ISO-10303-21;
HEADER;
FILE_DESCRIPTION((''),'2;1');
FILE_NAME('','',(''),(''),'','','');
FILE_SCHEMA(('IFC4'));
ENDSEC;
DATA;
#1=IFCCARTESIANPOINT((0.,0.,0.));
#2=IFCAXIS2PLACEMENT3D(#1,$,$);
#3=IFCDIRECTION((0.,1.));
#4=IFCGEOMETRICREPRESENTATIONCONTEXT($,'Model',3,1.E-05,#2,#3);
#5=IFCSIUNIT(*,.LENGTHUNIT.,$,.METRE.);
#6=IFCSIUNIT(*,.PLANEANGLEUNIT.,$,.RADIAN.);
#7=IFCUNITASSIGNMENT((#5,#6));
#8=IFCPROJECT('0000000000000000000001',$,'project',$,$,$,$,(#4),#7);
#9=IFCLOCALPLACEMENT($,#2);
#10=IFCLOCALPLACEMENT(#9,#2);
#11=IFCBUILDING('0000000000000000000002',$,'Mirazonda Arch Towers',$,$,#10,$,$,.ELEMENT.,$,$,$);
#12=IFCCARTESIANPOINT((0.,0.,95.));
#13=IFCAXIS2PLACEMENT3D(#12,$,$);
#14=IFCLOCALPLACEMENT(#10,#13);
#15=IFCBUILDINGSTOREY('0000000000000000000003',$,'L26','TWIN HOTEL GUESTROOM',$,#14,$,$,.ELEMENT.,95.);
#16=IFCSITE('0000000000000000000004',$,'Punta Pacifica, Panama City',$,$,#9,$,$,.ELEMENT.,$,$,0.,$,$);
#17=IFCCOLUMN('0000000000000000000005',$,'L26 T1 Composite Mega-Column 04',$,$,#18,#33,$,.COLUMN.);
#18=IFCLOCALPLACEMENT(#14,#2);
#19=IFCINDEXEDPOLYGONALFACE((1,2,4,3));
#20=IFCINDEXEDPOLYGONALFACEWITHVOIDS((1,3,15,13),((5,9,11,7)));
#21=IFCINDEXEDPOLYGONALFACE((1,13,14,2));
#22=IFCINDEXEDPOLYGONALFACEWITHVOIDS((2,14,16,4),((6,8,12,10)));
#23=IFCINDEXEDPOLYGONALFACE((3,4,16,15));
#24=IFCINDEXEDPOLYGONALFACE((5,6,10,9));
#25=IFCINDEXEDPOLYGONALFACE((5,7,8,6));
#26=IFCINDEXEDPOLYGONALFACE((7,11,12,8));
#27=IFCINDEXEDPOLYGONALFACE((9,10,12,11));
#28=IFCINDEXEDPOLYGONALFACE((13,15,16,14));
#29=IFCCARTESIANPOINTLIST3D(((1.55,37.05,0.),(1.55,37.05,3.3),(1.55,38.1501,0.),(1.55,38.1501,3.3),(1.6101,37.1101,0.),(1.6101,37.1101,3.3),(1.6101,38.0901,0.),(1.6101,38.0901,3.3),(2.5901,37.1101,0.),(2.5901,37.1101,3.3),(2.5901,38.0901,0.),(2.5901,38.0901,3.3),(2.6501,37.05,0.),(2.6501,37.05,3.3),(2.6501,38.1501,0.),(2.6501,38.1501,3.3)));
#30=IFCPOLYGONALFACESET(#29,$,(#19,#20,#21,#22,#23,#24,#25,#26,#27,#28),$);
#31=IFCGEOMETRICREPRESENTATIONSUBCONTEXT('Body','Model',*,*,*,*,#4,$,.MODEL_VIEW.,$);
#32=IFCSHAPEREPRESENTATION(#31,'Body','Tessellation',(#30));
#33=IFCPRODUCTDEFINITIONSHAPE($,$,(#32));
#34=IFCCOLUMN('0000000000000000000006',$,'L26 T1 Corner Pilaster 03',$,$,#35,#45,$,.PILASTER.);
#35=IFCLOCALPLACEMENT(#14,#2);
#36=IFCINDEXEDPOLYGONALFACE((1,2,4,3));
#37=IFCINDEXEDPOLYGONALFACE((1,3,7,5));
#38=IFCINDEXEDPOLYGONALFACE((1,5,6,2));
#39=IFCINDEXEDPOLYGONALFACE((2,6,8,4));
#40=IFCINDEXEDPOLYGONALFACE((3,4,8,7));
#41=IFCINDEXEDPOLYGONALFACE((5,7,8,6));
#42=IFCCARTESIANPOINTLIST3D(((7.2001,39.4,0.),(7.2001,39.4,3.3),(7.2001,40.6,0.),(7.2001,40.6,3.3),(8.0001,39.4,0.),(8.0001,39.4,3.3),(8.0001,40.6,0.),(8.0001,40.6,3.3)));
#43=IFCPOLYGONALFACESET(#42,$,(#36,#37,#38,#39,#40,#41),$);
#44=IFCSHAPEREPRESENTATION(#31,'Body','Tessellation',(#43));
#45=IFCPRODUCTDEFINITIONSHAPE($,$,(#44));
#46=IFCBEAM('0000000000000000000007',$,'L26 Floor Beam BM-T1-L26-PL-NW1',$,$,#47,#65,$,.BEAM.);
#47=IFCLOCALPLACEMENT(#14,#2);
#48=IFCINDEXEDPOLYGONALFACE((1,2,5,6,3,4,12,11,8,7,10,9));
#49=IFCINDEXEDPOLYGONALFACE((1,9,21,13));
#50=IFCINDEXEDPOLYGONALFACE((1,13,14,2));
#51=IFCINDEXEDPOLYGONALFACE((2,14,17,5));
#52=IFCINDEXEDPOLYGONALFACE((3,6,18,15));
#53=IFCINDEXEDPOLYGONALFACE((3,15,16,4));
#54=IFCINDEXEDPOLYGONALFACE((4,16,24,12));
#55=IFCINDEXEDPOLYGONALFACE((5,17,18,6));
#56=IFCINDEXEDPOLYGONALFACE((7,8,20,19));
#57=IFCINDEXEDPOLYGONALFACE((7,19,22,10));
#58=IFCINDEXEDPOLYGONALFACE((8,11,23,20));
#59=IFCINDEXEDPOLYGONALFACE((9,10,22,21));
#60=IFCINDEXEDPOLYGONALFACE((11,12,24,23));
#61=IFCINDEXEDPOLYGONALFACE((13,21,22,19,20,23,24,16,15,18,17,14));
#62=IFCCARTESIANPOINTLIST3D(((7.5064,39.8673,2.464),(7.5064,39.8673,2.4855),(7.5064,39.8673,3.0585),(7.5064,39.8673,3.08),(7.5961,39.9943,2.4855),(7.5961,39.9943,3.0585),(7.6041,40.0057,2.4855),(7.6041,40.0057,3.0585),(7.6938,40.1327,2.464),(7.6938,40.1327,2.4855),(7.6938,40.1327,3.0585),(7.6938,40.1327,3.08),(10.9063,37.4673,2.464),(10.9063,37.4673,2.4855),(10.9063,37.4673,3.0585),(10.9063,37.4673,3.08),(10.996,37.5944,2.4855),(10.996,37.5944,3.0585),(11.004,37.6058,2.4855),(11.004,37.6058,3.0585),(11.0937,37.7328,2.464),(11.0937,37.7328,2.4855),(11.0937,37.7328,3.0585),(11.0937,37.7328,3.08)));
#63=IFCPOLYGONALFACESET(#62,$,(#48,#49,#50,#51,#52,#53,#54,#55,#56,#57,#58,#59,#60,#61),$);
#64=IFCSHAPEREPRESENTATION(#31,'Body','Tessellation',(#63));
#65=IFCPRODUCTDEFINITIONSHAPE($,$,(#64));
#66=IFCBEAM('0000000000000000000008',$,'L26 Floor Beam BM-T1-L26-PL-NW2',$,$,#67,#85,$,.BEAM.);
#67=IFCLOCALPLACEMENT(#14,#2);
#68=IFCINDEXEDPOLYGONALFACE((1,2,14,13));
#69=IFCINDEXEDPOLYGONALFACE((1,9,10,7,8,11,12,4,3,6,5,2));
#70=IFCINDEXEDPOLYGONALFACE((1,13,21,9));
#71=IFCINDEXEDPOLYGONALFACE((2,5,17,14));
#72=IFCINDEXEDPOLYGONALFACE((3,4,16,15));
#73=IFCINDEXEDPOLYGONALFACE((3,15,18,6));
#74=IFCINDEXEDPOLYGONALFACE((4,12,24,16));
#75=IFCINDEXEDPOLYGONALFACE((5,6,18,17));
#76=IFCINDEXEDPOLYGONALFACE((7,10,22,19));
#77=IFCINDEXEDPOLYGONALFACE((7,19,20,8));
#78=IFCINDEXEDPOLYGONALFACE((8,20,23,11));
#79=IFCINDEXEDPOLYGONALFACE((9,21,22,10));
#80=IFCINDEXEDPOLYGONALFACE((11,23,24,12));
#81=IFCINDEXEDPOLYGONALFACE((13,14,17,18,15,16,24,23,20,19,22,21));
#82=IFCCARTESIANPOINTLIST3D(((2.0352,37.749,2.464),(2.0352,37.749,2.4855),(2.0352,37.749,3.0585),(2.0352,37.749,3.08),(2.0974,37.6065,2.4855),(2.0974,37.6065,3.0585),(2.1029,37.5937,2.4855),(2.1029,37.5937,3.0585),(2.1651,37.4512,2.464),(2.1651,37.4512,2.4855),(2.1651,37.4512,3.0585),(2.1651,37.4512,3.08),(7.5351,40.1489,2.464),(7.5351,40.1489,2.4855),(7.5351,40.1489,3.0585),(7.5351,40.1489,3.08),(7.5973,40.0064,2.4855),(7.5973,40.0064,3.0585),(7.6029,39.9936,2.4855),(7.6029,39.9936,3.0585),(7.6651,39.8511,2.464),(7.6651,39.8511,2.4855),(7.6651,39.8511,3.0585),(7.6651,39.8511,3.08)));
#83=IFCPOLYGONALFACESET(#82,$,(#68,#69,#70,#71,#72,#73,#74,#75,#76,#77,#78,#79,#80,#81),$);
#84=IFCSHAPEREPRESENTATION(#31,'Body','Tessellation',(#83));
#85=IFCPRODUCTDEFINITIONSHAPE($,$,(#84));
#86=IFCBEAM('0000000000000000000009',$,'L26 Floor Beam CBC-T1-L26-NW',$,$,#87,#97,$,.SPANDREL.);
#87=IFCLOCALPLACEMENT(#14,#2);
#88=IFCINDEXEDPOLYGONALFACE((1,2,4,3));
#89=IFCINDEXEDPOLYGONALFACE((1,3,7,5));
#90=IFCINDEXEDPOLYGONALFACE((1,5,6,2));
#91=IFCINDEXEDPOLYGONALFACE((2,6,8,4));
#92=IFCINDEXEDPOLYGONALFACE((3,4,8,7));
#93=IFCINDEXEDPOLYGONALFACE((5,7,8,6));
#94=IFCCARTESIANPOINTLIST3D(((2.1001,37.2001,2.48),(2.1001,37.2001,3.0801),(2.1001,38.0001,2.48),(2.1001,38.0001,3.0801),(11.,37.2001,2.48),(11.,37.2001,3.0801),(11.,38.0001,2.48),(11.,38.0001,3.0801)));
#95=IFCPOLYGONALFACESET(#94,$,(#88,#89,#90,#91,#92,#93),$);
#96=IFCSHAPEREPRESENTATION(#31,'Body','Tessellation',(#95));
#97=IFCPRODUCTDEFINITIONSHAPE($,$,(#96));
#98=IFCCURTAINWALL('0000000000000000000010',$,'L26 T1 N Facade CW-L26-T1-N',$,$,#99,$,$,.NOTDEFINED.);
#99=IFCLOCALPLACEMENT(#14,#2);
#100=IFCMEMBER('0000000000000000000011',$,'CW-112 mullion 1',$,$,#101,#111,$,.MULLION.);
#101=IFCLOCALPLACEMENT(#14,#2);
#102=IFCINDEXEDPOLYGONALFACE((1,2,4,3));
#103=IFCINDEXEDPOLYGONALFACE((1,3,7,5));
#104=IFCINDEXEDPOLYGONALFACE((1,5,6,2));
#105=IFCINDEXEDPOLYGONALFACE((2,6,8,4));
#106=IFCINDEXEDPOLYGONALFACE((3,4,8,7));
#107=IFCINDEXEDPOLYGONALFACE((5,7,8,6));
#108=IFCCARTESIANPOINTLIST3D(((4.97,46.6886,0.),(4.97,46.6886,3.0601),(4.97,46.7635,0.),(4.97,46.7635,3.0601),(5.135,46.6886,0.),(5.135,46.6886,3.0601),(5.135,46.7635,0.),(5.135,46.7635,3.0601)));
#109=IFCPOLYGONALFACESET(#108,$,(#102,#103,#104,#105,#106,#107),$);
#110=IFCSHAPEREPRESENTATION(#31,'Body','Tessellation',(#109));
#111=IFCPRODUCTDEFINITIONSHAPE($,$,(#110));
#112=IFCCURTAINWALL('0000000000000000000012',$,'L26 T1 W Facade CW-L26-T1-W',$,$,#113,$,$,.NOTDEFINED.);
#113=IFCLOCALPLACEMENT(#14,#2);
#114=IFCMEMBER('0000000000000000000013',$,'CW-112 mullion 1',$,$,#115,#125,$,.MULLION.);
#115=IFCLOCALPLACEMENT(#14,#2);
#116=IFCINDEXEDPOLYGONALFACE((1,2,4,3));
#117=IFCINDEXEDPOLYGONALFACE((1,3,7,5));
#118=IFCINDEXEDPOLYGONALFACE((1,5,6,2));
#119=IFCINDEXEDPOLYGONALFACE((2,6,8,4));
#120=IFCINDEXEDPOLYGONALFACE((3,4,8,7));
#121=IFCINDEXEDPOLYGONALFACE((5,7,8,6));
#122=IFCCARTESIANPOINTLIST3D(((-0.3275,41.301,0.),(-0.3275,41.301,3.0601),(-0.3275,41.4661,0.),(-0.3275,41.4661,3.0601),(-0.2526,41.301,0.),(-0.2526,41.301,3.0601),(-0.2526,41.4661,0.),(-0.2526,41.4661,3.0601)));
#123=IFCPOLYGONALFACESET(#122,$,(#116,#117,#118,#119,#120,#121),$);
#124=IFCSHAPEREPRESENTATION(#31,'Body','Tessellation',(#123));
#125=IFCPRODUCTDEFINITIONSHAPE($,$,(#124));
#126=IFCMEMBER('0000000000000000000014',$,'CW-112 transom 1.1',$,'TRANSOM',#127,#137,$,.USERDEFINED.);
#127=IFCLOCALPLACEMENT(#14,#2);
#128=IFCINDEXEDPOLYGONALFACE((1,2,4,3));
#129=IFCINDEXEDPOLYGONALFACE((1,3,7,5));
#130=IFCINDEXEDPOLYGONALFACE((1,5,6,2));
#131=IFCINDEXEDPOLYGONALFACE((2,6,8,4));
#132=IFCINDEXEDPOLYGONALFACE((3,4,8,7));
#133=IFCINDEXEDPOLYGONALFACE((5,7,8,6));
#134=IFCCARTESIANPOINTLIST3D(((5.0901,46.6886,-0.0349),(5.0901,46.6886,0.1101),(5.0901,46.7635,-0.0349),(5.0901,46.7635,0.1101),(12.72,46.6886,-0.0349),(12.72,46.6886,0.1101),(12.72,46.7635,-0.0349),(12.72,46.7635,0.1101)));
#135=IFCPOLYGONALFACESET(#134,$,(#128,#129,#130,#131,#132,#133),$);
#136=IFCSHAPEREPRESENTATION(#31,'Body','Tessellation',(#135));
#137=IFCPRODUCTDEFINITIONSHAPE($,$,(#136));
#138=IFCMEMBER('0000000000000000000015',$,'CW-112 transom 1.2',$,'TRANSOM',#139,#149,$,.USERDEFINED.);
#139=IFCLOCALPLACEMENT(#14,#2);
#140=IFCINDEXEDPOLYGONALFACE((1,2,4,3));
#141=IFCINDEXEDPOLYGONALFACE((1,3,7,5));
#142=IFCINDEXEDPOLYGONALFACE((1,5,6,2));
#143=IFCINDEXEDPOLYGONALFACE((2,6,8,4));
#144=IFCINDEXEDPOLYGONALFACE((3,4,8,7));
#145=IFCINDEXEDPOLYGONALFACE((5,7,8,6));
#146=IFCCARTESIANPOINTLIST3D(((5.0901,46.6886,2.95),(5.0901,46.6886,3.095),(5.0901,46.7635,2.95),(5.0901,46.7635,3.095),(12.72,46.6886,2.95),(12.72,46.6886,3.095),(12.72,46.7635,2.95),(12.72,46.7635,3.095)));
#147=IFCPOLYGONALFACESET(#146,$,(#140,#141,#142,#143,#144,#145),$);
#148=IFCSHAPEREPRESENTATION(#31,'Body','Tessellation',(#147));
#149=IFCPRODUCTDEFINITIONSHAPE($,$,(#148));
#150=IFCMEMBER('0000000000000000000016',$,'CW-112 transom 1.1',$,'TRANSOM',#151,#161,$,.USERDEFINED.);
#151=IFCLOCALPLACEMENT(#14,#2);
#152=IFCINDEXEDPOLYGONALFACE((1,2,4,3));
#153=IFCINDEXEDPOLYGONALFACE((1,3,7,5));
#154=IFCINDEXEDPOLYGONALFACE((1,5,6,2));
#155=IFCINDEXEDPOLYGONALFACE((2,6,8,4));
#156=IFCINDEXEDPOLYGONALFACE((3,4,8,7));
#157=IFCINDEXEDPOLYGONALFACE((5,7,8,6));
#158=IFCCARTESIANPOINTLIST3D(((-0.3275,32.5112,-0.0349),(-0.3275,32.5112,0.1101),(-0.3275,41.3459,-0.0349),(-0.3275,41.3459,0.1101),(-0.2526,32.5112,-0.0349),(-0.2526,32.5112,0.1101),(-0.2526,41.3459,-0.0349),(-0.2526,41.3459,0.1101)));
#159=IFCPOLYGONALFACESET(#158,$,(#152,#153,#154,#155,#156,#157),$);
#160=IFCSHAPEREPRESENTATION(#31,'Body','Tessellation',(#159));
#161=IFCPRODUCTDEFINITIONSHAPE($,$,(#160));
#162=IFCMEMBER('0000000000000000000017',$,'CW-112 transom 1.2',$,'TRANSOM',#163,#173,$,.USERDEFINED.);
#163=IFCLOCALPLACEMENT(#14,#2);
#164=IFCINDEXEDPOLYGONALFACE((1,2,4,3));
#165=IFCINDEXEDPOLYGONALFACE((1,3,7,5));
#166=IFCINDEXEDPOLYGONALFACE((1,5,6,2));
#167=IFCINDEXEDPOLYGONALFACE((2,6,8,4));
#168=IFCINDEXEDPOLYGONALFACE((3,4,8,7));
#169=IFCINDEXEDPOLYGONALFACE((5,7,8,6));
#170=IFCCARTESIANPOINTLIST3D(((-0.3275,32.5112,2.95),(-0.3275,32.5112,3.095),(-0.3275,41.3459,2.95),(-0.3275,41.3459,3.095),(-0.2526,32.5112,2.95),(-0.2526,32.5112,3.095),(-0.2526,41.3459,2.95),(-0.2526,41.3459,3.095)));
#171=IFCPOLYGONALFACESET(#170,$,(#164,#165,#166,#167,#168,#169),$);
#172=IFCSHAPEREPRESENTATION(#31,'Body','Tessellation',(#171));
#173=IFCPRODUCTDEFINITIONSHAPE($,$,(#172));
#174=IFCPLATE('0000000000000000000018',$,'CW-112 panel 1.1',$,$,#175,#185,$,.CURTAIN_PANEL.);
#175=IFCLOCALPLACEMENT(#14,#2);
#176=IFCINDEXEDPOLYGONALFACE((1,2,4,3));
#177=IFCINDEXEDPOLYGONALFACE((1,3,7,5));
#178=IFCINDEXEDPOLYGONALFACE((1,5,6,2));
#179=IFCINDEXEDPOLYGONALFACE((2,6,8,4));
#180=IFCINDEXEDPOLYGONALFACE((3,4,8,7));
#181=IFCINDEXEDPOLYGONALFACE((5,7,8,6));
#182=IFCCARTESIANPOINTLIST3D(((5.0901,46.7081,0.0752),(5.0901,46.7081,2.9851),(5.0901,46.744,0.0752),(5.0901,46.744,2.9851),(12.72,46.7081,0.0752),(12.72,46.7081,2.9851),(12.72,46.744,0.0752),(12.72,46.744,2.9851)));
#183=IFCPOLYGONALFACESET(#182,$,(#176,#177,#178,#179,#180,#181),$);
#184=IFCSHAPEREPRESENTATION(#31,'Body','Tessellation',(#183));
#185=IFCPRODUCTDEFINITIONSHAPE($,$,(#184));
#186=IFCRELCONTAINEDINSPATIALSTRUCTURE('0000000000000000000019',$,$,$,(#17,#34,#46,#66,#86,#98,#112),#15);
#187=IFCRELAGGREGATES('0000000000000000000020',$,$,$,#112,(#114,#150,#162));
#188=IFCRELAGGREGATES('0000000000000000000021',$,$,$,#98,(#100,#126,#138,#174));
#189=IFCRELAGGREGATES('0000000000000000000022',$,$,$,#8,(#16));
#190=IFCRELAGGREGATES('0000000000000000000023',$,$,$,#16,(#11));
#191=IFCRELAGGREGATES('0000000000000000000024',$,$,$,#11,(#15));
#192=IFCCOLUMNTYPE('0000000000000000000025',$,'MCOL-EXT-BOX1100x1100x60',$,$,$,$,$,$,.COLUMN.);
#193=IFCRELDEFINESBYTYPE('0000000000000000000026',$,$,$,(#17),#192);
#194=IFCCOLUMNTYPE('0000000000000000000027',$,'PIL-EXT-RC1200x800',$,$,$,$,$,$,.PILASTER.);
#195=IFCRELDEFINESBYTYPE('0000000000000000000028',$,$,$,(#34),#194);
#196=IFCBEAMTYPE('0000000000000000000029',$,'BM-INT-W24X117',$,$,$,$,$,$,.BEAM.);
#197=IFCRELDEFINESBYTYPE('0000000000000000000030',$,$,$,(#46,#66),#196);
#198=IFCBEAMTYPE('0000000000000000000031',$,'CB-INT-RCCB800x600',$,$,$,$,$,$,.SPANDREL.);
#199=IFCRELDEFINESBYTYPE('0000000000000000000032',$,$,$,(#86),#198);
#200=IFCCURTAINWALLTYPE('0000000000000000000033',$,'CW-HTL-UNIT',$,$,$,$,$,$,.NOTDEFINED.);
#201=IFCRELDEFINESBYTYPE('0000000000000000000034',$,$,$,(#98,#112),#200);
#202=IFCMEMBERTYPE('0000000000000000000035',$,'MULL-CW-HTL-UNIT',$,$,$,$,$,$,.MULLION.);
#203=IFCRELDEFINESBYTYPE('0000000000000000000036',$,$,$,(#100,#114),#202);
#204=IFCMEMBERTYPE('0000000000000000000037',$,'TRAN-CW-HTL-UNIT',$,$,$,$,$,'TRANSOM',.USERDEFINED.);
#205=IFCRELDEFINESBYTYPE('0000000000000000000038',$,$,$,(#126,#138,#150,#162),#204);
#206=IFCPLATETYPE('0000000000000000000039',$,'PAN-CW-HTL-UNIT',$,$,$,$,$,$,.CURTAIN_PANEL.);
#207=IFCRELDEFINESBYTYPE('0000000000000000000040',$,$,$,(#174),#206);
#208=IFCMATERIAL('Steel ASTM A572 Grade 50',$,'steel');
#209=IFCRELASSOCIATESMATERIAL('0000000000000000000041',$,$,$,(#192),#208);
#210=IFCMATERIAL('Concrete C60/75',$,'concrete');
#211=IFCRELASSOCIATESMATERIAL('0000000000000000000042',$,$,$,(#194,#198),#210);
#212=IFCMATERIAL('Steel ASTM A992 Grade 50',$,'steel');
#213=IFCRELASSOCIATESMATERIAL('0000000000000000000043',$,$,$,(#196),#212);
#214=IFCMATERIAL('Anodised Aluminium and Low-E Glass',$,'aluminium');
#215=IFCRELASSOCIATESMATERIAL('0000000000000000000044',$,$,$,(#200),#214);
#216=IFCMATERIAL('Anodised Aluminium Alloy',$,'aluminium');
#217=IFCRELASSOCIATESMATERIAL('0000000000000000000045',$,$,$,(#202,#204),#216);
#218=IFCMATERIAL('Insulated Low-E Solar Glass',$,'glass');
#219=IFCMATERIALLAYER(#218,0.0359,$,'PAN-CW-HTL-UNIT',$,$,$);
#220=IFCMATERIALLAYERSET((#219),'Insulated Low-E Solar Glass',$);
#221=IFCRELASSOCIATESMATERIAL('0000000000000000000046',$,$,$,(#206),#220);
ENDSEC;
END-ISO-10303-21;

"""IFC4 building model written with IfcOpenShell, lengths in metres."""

from ifc_helpers import new_model, si_unit, direction, frame, origin, origin_2d, place, context, subcontext, project, spatial, rectangle, hollow_rectangle, i_section, extrude, material, layer, layer_set, material_profile, profile_set, type_object, element, aggregate, save


model = new_model("IFC4")

# Units and contexts
model_context = context("Model", 3, precision=1e-05, world=origin(), true_north=direction((0.0, 1.0)))
body_context = subcontext(model_context, "Body", "Model", "MODEL_VIEW")
ifc_project = project(units=[si_unit("LENGTHUNIT", "METRE"), si_unit("PLANEANGLEUNIT", "RADIAN")], contexts=[model_context])

# Site, building, storey
site_placement = place(None, origin())
site = spatial("IfcSite", under=ifc_project, at=site_placement, Name="Punta Pacifica, Panama City", CompositionType="ELEMENT", RefElevation=0.0)
building_placement = place(site_placement, origin())
building = spatial("IfcBuilding", under=site, at=building_placement, Name="Mirazonda Arch Towers", CompositionType="ELEMENT")
storey_placement = place(building_placement, frame((0.0, 0.0, 95.0)))
storey = spatial("IfcBuildingStorey", under=building, at=storey_placement, Name="L26", Description="TWIN HOTEL GUESTROOM", CompositionType="ELEMENT", Elevation=95.0)

# Columns
ifc_material_1 = material(Name="Steel ASTM A572 Grade 50", Category="steel")
ifc_material_profile_1 = material_profile(ifc_material_1, hollow_rectangle(XDim=1.1001, YDim=1.1001, WallThickness=0.0601, at=origin_2d()), Name="BOX1100x1100x60")
ifc_profile_set_1 = profile_set([ifc_material_profile_1], Name="Steel ASTM A572 Grade 50")
column_type_1 = type_object("IfcColumnType", Name="MCOL-EXT-BOX1100x1100x60", PredefinedType="COLUMN", material=ifc_profile_set_1)
column_1_placement = place(storey_placement, frame((2.1001, 37.6001, 0.0), z_axis=(0.0, 0.0, 1.0), x_axis=(1.0, 0.0, 0.0)))
element("IfcColumn", 1, at=column_1_placement, inside=storey, type_object=column_type_1, Name="L26 T1 Composite Mega-Column 04", PredefinedType="COLUMN", context=body_context, shape_type="SweptSolid", body=[
    extrude(hollow_rectangle(XDim=1.1001, YDim=1.1001, WallThickness=0.0601, at=origin_2d()), origin(), (0.0, 0.0, 1.0), 3.3),
])
ifc_material_2 = material(Name="Concrete C60/75", Category="concrete")
ifc_material_profile_2 = material_profile(ifc_material_2, rectangle(XDim=0.8, YDim=1.2, at=origin_2d()), Name="RC1200x800")
ifc_profile_set_2 = profile_set([ifc_material_profile_2], Name="Concrete C60/75")
column_type_2 = type_object("IfcColumnType", Name="PIL-EXT-RC1200x800", PredefinedType="PILASTER", material=ifc_profile_set_2)
column_2_placement = place(storey_placement, frame((7.6001, 40.0, 0.0), z_axis=(0.0, 0.0, 1.0), x_axis=(1.0, 0.0, 0.0)))
element("IfcColumn", 2, at=column_2_placement, inside=storey, type_object=column_type_2, Name="L26 T1 Corner Pilaster 03", PredefinedType="PILASTER", context=body_context, shape_type="SweptSolid", body=[
    extrude(rectangle(XDim=0.8, YDim=1.2, at=origin_2d()), origin(), (0.0, 0.0, 1.0), 3.3),
])

# Beams
ifc_material_3 = material(Name="Steel ASTM A992 Grade 50", Category="steel")
ifc_material_profile_3 = material_profile(ifc_material_3, i_section(OverallWidth=0.325, OverallDepth=0.616, WebThickness=0.0139, FlangeThickness=0.0215, at=origin_2d()), Name="W24X117")
ifc_profile_set_3 = profile_set([ifc_material_profile_3], Name="Steel ASTM A992 Grade 50")
beam_type_1 = type_object("IfcBeamType", Name="BM-INT-W24X117", PredefinedType="BEAM", material=ifc_profile_set_3)
beam_1_placement = place(storey_placement, frame((7.6001, 40.0, 2.772), z_axis=(0.816971, -0.576679, 0.0), x_axis=(0.576679, 0.816971, 0.0)))
element("IfcBeam", 3, at=beam_1_placement, inside=storey, type_object=beam_type_1, Name="L26 Floor Beam BM-T1-L26-PL-NW1", PredefinedType="BEAM", context=body_context, shape_type="SweptSolid", body=[
    extrude(i_section(OverallWidth=0.325, OverallDepth=0.616, WebThickness=0.0139, FlangeThickness=0.0215, at=origin_2d()), origin(), (0.0, 0.0, 1.0), 4.1616),
])
beam_2_placement = place(storey_placement, frame((7.6001, 40.0, 2.772), z_axis=(-0.916545, -0.399931, 0.0), x_axis=(0.399931, -0.916545, 0.0)))
element("IfcBeam", 4, at=beam_2_placement, inside=storey, type_object=beam_type_1, Name="L26 Floor Beam BM-T1-L26-PL-NW2", PredefinedType="BEAM", context=body_context, shape_type="SweptSolid", body=[
    extrude(i_section(OverallWidth=0.325, OverallDepth=0.616, WebThickness=0.0139, FlangeThickness=0.0215, at=origin_2d()), origin(), (0.0, 0.0, 1.0), 6.0007),
])
ifc_material_profile_4 = material_profile(ifc_material_2, rectangle(XDim=0.8, YDim=0.6001, at=origin_2d()), Name="RCCB800x600")
ifc_profile_set_4 = profile_set([ifc_material_profile_4], Name="Concrete C60/75")
beam_type_2 = type_object("IfcBeamType", Name="CB-INT-RCCB800x600", PredefinedType="SPANDREL", material=ifc_profile_set_4)
beam_3_placement = place(storey_placement, frame((2.1001, 37.6001, 2.78), z_axis=(1.0, 0.0, 0.0), x_axis=(0.0, 1.0, 0.0)))
element("IfcBeam", 5, at=beam_3_placement, inside=storey, type_object=beam_type_2, Name="L26 Floor Beam CBC-T1-L26-NW", PredefinedType="SPANDREL", context=body_context, shape_type="SweptSolid", body=[
    extrude(rectangle(XDim=0.8, YDim=0.6001, at=origin_2d()), origin(), (0.0, 0.0, 1.0), 8.8999),
])

# Curtain walls, members
ifc_material_4 = material(Name="Anodised Aluminium and Low-E Glass", Category="aluminium")
curtain_wall_type = type_object("IfcCurtainWallType", Name="CW-HTL-UNIT", PredefinedType="NOTDEFINED", material=ifc_material_4)
curtain_wall_1_placement = place(storey_placement, origin())
curtain_wall_1 = element("IfcCurtainWall", 6, at=curtain_wall_1_placement, inside=storey, type_object=curtain_wall_type, Name="L26 T1 N Facade CW-L26-T1-N", PredefinedType="NOTDEFINED")
ifc_material_5 = material(Name="Anodised Aluminium Alloy", Category="aluminium")
ifc_material_profile_5 = material_profile(ifc_material_5, rectangle(XDim=0.075, YDim=0.165, at=origin_2d()), Name="ALU-MULL-75x165")
ifc_profile_set_5 = profile_set([ifc_material_profile_5], Name="Anodised Aluminium Alloy")
member_type_1 = type_object("IfcMemberType", Name="MULL-CW-HTL-UNIT", PredefinedType="MULLION", material=ifc_profile_set_5)
member_1_placement = place(storey_placement, frame((5.0525, 46.7261, 0.0), z_axis=(0.0, 0.0, 1.0), x_axis=(0.0, 1.0, 0.0)))
member_1 = element("IfcMember", 7, at=member_1_placement, type_object=member_type_1, Name="CW-112 mullion 1", PredefinedType="MULLION", context=body_context, shape_type="SweptSolid", body=[
    extrude(rectangle(XDim=0.075, YDim=0.165, at=origin_2d()), origin(), (0.0, 0.0, 1.0), 3.0601),
])
curtain_wall_2_placement = place(storey_placement, origin())
curtain_wall_2 = element("IfcCurtainWall", 8, at=curtain_wall_2_placement, inside=storey, type_object=curtain_wall_type, Name="L26 T1 W Facade CW-L26-T1-W", PredefinedType="NOTDEFINED")
member_2_placement = place(storey_placement, frame((-0.29, 41.3835, 0.0), z_axis=(0.0, 0.0, 1.0), x_axis=(1.0, 0.0, 0.0)))
member_2 = element("IfcMember", 9, at=member_2_placement, type_object=member_type_1, Name="CW-112 mullion 1", PredefinedType="MULLION", context=body_context, shape_type="SweptSolid", body=[
    extrude(rectangle(XDim=0.075, YDim=0.165, at=origin_2d()), origin(), (0.0, 0.0, 1.0), 3.0601),
])

# Members
ifc_material_profile_6 = material_profile(ifc_material_5, rectangle(XDim=0.075, YDim=0.145, at=origin_2d()), Name="ALU-TRAN-75x145")
ifc_profile_set_6 = profile_set([ifc_material_profile_6], Name="Anodised Aluminium Alloy")
member_type_2 = type_object("IfcMemberType", Name="TRAN-CW-HTL-UNIT", ElementType="TRANSOM", PredefinedType="USERDEFINED", material=ifc_profile_set_6)
member_3_placement = place(storey_placement, frame((5.0901, 46.7261, 0.0376), z_axis=(1.0, 0.0, 0.0), x_axis=(0.0, 1.0, 0.0)))
member_3 = element("IfcMember", 10, at=member_3_placement, type_object=member_type_2, Name="CW-112 transom 1.1", ObjectType="TRANSOM", PredefinedType="USERDEFINED", context=body_context, shape_type="SweptSolid", body=[
    extrude(rectangle(XDim=0.075, YDim=0.145, at=origin_2d()), origin(), (0.0, 0.0, 1.0), 7.6299),
])
member_4_placement = place(storey_placement, frame((5.0901, 46.7261, 3.0225), z_axis=(1.0, 0.0, 0.0), x_axis=(0.0, 1.0, 0.0)))
member_4 = element("IfcMember", 11, at=member_4_placement, type_object=member_type_2, Name="CW-112 transom 1.2", ObjectType="TRANSOM", PredefinedType="USERDEFINED", context=body_context, shape_type="SweptSolid", body=[
    extrude(rectangle(XDim=0.075, YDim=0.145, at=origin_2d()), origin(), (0.0, 0.0, 1.0), 7.6299),
])
member_5_placement = place(storey_placement, frame((-0.29, 41.3459, 0.0376), z_axis=(0.0, -1.0, 0.0), x_axis=(1.0, 0.0, 0.0)))
member_5 = element("IfcMember", 12, at=member_5_placement, type_object=member_type_2, Name="CW-112 transom 1.1", ObjectType="TRANSOM", PredefinedType="USERDEFINED", context=body_context, shape_type="SweptSolid", body=[
    extrude(rectangle(XDim=0.075, YDim=0.145, at=origin_2d()), origin(), (0.0, 0.0, 1.0), 8.8347),
])
member_6_placement = place(storey_placement, frame((-0.29, 41.3459, 3.0225), z_axis=(0.0, -1.0, 0.0), x_axis=(1.0, 0.0, 0.0)))
member_6 = element("IfcMember", 13, at=member_6_placement, type_object=member_type_2, Name="CW-112 transom 1.2", ObjectType="TRANSOM", PredefinedType="USERDEFINED", context=body_context, shape_type="SweptSolid", body=[
    extrude(rectangle(XDim=0.075, YDim=0.145, at=origin_2d()), origin(), (0.0, 0.0, 1.0), 8.8347),
])
aggregate(curtain_wall_2, [member_2, member_5, member_6])

# Plate
ifc_material_6 = material(Name="Insulated Low-E Solar Glass", Category="glass")
ifc_layer_1 = layer(ifc_material_6, 0.0359, Name="PAN-CW-HTL-UNIT")
ifc_layer_set_1 = layer_set([ifc_layer_1], Name="Insulated Low-E Solar Glass")
plate_type = type_object("IfcPlateType", Name="PAN-CW-HTL-UNIT", PredefinedType="CURTAIN_PANEL", material=ifc_layer_set_1)
plate_placement = place(storey_placement, frame((8.905, 46.7261, 0.0752), z_axis=(0.0, 0.0, 1.0), x_axis=(1.0, 0.0, 0.0)))
plate = element("IfcPlate", 14, at=plate_placement, type_object=plate_type, Name="CW-112 panel 1.1", PredefinedType="CURTAIN_PANEL", context=body_context, shape_type="SweptSolid", body=[
    extrude(rectangle(XDim=7.6299, YDim=0.0359, at=origin_2d()), origin(), (0.0, 0.0, 1.0), 2.9099),
])
aggregate(curtain_wall_1, [member_1, member_3, member_4, plate])

save(model, "model.ifc")
